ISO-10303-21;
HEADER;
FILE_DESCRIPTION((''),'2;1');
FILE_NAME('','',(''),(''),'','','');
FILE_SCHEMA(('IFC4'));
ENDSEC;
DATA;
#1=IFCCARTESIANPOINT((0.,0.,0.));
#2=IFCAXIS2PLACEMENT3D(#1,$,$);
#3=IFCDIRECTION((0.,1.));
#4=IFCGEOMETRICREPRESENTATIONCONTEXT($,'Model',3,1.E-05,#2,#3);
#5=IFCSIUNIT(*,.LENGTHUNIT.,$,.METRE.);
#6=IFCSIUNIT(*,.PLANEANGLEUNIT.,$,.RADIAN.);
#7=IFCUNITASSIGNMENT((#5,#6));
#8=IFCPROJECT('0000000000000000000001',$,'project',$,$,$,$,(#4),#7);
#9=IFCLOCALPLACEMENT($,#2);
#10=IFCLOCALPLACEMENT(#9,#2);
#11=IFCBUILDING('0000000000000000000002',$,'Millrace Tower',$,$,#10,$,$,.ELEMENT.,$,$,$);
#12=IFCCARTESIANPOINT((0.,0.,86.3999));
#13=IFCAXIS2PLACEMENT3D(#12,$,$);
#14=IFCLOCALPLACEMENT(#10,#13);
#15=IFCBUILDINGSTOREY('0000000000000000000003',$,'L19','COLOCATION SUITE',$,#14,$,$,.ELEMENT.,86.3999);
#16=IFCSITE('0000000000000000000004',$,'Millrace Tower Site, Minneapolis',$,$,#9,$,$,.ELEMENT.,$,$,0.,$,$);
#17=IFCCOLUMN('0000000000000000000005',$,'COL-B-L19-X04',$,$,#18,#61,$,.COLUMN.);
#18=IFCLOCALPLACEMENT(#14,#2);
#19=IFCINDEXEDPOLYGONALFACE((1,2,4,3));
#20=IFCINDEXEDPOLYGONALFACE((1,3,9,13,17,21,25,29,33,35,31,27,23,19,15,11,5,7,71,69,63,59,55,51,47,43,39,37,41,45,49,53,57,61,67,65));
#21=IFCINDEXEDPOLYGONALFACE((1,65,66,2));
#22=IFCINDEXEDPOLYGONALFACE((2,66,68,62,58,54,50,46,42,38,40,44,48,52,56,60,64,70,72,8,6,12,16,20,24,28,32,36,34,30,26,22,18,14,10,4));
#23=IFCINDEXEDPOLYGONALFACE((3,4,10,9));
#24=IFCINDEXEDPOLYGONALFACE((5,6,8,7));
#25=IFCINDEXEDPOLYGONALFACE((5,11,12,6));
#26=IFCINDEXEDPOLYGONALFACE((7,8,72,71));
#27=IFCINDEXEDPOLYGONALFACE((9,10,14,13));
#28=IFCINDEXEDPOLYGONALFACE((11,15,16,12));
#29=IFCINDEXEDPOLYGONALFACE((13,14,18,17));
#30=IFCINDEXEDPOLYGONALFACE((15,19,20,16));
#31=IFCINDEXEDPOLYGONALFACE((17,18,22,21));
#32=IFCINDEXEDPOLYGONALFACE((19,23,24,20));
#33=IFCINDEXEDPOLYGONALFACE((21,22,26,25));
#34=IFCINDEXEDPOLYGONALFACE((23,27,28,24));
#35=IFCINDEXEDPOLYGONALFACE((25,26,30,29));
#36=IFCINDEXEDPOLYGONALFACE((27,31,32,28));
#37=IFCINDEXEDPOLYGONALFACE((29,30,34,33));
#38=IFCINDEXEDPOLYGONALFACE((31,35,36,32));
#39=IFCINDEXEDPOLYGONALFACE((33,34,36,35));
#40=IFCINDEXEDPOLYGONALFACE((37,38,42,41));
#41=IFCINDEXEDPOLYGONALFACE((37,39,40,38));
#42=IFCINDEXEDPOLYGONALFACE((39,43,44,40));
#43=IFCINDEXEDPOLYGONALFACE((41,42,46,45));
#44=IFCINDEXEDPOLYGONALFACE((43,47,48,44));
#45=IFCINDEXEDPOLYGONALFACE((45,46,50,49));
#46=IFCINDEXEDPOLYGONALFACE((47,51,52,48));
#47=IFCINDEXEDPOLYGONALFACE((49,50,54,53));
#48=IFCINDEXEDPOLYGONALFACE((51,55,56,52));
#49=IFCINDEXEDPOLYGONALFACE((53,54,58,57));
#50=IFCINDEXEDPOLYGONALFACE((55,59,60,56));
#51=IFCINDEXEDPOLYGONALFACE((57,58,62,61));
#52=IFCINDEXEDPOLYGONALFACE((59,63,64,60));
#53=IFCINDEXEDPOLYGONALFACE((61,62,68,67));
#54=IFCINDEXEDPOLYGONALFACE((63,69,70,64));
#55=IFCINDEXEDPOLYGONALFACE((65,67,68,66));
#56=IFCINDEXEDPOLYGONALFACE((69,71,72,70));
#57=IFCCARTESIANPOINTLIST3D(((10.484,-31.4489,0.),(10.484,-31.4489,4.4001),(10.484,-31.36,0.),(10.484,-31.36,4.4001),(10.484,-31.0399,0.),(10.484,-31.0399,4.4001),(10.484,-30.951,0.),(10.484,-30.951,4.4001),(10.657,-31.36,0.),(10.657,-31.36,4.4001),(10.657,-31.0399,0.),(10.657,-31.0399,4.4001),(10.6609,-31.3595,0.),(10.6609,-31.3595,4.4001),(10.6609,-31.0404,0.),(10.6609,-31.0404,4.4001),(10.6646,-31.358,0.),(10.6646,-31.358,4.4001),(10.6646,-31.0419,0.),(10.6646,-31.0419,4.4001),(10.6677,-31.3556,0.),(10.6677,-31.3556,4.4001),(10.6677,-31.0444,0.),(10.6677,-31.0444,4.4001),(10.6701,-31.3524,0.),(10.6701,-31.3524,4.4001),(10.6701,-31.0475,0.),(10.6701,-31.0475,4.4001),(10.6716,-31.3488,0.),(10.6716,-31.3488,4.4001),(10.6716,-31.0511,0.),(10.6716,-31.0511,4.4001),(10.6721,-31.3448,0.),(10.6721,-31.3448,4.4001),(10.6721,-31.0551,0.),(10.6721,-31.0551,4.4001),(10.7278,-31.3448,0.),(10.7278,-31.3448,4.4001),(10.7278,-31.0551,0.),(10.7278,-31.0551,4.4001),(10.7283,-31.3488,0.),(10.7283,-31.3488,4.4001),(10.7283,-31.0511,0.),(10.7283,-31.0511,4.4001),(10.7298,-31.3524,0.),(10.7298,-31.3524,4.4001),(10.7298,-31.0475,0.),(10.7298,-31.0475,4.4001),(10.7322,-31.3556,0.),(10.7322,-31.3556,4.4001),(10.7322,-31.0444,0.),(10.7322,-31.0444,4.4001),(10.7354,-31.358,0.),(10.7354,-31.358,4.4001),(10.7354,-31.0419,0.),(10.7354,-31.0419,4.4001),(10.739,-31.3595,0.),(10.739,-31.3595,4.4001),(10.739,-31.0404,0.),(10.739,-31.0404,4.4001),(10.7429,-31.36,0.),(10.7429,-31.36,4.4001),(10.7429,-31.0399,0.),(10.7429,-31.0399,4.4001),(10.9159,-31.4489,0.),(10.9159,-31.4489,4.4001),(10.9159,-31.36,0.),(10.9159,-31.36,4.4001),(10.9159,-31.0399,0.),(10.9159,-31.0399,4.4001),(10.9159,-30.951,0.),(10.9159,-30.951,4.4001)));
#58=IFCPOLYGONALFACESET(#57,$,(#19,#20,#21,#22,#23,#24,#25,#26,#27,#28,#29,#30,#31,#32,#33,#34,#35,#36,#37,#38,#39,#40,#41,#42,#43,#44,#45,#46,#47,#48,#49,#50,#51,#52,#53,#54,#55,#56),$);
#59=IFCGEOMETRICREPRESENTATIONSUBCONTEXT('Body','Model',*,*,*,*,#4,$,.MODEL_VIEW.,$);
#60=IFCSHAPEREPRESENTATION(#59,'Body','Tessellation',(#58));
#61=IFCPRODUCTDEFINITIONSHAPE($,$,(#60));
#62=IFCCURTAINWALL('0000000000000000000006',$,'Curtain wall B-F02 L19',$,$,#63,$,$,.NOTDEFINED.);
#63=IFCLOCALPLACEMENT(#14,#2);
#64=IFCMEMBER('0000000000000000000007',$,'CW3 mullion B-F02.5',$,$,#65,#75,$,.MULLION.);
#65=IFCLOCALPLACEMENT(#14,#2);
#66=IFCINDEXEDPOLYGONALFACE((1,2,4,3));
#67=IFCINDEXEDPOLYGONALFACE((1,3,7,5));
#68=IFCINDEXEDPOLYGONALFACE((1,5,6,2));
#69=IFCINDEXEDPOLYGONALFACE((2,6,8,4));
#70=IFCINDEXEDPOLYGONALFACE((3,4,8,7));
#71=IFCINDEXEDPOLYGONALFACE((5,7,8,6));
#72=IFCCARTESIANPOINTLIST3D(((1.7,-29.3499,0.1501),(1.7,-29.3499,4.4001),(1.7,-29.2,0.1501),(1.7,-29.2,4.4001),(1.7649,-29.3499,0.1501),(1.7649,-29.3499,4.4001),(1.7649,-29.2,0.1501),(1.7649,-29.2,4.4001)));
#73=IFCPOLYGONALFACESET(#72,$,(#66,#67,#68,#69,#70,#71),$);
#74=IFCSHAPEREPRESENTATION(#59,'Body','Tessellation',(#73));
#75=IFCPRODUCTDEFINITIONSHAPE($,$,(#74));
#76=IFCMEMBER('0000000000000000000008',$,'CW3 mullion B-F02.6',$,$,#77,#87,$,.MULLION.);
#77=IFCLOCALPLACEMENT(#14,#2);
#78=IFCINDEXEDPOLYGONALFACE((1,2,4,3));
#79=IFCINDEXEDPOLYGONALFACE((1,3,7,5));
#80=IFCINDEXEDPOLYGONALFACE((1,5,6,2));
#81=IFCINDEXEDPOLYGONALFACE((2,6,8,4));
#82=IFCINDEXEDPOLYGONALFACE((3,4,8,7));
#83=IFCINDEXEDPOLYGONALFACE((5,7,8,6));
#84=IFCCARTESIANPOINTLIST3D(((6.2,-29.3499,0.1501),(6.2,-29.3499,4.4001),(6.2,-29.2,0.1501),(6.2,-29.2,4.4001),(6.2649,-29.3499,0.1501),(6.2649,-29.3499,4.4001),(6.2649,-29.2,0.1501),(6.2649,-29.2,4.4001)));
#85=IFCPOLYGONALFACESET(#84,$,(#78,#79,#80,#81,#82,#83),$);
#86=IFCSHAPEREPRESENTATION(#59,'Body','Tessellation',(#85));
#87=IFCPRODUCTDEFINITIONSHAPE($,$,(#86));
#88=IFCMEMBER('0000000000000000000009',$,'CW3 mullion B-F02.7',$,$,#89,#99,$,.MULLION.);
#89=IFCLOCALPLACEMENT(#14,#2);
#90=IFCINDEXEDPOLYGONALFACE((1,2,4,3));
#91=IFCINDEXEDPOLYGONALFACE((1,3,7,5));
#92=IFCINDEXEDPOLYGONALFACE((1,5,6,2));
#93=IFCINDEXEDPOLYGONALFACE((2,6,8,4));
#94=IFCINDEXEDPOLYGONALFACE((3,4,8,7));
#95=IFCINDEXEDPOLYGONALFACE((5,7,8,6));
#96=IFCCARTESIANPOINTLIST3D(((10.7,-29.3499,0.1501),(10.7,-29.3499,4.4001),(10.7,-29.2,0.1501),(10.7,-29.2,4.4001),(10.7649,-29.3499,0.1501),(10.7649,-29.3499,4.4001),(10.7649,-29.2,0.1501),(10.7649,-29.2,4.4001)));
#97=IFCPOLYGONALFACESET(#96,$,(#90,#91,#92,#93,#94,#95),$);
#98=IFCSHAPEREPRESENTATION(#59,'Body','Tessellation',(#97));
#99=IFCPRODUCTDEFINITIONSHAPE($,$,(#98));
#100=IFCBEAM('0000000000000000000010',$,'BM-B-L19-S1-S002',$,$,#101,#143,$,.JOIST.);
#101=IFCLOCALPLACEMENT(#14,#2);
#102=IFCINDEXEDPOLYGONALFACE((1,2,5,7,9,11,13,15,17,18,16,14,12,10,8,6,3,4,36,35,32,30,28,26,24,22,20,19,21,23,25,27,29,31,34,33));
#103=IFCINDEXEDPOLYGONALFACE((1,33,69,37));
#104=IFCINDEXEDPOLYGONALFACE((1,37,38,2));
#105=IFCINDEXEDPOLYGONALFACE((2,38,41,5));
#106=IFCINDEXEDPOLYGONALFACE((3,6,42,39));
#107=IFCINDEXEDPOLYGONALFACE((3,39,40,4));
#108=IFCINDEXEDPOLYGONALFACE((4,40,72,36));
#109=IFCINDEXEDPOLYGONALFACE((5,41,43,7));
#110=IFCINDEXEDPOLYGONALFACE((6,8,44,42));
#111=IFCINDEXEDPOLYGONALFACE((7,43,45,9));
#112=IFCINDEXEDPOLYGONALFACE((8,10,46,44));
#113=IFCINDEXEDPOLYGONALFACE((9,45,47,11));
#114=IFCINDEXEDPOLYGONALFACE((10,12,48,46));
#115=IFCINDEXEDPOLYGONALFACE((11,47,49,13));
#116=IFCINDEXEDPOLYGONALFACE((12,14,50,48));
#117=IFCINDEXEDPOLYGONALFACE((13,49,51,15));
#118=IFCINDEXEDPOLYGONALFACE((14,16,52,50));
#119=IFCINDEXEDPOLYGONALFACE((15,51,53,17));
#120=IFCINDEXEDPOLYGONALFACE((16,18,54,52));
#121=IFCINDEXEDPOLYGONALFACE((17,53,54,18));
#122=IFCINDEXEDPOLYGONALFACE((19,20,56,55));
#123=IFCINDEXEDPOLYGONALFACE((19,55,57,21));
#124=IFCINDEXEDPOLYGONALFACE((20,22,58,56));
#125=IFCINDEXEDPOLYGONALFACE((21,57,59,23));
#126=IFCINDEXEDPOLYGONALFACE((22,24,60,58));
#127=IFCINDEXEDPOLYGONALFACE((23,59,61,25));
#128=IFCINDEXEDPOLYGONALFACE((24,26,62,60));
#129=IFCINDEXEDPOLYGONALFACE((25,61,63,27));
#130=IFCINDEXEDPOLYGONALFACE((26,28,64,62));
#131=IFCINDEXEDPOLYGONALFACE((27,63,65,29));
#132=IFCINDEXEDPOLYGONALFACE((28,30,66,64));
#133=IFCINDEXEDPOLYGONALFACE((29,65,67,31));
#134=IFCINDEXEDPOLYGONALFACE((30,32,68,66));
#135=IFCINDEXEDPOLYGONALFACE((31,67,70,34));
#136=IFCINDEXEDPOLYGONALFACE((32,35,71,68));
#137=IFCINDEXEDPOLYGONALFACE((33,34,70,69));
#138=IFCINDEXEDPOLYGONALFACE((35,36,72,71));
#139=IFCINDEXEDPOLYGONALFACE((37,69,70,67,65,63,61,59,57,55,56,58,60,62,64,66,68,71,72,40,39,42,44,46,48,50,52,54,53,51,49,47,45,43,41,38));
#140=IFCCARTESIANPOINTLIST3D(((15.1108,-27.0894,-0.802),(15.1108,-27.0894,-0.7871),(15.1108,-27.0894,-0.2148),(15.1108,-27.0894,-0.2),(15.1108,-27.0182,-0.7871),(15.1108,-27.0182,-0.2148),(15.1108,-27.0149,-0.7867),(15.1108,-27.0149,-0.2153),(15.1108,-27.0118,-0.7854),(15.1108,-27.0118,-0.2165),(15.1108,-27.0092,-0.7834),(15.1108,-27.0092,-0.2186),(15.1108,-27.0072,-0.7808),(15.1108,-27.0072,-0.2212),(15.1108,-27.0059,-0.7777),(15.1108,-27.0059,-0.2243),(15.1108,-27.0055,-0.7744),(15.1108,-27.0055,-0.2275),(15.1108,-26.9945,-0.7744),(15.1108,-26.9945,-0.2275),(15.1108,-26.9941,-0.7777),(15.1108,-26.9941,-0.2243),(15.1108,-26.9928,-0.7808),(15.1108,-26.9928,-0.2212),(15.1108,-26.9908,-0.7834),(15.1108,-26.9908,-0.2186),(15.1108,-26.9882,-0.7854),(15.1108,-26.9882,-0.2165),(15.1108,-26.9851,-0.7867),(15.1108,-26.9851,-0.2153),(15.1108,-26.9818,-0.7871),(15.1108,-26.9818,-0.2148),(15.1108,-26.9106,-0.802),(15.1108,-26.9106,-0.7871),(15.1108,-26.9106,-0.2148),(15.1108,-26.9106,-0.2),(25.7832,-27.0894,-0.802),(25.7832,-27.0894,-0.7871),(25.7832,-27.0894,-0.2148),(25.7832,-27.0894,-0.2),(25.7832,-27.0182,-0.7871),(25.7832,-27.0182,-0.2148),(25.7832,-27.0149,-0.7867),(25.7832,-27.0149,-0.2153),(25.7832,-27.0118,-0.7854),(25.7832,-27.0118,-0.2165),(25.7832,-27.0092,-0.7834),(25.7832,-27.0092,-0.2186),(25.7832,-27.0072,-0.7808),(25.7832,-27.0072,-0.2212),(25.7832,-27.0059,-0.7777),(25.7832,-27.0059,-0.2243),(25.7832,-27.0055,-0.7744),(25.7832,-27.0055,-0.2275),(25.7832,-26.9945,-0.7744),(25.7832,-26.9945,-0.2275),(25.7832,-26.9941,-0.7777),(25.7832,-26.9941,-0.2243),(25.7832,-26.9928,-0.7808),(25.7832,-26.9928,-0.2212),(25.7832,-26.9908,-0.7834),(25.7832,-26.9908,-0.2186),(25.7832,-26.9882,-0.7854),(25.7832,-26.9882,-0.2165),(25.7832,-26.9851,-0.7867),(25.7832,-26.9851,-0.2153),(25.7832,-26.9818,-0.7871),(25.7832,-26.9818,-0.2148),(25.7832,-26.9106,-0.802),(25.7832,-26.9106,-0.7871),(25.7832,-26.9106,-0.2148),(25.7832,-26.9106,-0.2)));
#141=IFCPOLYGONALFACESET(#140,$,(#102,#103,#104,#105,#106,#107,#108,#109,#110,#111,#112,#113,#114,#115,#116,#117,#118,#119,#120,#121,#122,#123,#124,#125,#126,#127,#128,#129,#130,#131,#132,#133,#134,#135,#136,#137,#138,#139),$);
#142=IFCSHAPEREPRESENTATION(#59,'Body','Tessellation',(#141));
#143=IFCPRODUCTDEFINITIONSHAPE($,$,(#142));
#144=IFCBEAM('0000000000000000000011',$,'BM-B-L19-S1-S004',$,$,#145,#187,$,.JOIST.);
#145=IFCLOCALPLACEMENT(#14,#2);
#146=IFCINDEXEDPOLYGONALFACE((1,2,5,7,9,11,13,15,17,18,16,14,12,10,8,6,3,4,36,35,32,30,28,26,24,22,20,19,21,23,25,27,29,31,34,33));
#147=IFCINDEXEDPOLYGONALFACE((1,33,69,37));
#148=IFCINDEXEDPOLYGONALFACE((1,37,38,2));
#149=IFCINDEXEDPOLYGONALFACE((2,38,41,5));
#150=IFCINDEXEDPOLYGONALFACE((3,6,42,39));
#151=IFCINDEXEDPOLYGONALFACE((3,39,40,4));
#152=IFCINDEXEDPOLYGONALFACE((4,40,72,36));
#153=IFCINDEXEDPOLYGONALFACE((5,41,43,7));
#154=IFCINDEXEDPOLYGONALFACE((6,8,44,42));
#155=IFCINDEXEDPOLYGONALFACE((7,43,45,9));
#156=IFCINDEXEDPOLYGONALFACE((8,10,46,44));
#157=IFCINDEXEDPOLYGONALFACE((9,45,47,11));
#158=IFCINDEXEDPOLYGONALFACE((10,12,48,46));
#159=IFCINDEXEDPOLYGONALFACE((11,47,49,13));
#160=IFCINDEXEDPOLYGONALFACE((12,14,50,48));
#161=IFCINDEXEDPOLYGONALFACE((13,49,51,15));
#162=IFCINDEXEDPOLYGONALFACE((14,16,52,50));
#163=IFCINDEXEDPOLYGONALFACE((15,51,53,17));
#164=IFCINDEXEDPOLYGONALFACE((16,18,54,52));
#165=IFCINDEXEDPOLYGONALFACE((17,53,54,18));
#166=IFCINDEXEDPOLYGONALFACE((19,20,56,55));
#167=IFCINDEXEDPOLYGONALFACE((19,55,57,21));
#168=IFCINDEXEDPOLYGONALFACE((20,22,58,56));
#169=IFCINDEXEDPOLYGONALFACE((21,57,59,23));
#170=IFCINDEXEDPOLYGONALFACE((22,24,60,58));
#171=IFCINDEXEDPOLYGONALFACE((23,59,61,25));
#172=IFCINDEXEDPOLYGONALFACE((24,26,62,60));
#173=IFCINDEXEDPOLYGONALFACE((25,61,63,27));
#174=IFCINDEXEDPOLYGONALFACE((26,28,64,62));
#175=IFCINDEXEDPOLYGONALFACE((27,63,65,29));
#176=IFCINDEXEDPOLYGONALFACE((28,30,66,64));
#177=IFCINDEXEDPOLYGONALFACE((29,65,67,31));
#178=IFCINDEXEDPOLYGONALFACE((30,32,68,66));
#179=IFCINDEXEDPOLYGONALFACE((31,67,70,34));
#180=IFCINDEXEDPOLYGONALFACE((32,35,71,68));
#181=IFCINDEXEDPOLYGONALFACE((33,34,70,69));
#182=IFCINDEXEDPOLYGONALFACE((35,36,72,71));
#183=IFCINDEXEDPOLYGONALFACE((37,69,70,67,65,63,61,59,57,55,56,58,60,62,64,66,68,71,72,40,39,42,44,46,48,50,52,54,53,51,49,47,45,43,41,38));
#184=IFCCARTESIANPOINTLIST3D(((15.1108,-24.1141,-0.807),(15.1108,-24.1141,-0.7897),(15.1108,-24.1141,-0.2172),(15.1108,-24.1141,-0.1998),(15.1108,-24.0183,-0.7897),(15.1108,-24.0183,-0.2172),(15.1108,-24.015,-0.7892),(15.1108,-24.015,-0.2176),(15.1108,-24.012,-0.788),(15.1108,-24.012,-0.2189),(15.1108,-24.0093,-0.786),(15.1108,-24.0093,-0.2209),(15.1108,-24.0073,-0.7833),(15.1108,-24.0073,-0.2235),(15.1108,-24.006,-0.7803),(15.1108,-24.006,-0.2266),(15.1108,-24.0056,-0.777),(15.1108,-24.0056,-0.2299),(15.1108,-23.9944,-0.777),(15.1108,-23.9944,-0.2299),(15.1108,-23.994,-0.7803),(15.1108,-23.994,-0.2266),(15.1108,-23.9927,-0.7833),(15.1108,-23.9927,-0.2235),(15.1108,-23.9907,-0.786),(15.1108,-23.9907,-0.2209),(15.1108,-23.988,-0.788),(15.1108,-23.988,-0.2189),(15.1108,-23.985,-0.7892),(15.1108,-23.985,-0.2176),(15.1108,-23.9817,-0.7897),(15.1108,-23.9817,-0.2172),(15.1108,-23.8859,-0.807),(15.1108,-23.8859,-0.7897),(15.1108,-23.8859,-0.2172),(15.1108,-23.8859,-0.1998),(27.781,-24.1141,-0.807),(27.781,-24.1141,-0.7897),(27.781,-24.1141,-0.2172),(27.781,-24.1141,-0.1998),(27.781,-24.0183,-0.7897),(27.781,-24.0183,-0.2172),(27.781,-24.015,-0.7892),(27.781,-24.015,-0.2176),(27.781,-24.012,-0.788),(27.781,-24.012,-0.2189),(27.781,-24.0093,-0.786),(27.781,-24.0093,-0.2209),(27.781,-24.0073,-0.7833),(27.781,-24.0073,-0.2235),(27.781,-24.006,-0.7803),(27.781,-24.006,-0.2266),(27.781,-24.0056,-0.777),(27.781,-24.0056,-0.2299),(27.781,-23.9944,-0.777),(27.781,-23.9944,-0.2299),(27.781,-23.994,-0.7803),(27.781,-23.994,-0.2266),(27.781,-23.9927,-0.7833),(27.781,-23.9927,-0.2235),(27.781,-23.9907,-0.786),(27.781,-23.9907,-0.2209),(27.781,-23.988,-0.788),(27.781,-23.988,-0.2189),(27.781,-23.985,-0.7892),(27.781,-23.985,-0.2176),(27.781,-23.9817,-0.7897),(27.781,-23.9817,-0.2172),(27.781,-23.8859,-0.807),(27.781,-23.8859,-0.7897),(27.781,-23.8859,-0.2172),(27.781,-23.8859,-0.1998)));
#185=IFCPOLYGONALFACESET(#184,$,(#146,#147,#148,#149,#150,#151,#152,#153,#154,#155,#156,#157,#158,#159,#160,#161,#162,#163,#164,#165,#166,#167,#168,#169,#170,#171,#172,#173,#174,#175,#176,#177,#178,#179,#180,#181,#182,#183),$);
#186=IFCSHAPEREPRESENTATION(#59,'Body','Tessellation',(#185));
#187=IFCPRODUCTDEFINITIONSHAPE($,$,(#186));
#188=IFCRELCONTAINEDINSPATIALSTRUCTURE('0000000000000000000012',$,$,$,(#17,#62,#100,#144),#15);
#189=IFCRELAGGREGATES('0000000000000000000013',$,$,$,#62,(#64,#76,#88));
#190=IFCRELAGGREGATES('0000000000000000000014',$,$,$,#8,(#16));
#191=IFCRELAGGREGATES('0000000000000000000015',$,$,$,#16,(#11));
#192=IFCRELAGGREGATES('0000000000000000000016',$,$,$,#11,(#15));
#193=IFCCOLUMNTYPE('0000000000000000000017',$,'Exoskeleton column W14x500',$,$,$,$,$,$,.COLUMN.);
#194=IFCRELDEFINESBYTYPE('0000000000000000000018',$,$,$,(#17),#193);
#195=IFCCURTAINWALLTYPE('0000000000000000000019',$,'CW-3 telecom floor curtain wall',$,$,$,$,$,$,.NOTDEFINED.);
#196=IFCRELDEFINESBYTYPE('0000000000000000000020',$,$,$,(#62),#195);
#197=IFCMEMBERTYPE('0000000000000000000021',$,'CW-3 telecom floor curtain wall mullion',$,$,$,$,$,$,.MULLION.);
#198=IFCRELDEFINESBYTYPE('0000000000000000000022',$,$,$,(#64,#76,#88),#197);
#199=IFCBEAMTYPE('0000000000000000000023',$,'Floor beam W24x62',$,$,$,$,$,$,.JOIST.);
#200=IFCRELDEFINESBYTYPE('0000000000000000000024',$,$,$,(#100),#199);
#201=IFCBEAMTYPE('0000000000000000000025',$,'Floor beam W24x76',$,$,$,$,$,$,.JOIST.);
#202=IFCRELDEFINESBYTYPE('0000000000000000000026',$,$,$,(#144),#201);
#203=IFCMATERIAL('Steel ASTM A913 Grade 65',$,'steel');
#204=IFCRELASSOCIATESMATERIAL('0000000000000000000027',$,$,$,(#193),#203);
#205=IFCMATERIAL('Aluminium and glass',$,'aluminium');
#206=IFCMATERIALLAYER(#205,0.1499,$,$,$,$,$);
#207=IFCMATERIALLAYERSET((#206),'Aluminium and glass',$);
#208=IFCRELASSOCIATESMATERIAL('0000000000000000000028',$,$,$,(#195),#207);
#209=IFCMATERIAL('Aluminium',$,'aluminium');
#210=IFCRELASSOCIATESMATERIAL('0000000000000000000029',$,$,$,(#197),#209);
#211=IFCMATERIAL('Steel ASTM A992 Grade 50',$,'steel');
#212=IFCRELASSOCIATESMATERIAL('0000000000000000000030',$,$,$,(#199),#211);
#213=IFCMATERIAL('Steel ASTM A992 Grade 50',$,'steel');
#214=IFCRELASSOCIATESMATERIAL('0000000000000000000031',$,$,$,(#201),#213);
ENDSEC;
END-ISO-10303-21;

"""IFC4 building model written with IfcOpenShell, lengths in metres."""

from ifc_helpers import new_model, si_unit, direction, frame, origin, origin_2d, place, context, subcontext, project, spatial, rectangle, i_section, extrude, material, layer, layer_set, material_profile, profile_set, type_object, element, aggregate, save


model = new_model("IFC4")

# Units and contexts
model_context = context("Model", 3, precision=1e-05, world=origin(), true_north=direction((0.0, 1.0)))
body_context = subcontext(model_context, "Body", "Model", "MODEL_VIEW")
ifc_project = project(units=[si_unit("LENGTHUNIT", "METRE"), si_unit("PLANEANGLEUNIT", "RADIAN")], contexts=[model_context])

# Site, building, storey
site_placement = place(None, origin())
site = spatial("IfcSite", under=ifc_project, at=site_placement, Name="Millrace Tower Site, Minneapolis", CompositionType="ELEMENT", RefElevation=0.0)
building_placement = place(site_placement, origin())
building = spatial("IfcBuilding", under=site, at=building_placement, Name="Millrace Tower", CompositionType="ELEMENT")
storey_placement = place(building_placement, frame((0.0, 0.0, 86.3999)))
storey = spatial("IfcBuildingStorey", under=building, at=storey_placement, Name="L19", Description="COLOCATION SUITE", CompositionType="ELEMENT", Elevation=86.3999)

# Column
ifc_material_1 = material(Name="Steel ASTM A913 Grade 65", Category="steel")
ifc_material_profile_1 = material_profile(ifc_material_1, i_section(OverallWidth=0.4319, OverallDepth=0.4978, WebThickness=0.0557, FlangeThickness=0.0889, FilletRadius=0.0151, at=origin_2d()))
ifc_profile_set_1 = profile_set([ifc_material_profile_1], Name="Steel ASTM A913 Grade 65")
column_type = type_object("IfcColumnType", Name="Exoskeleton column W14x500", PredefinedType="COLUMN", material=ifc_profile_set_1)
column_placement = place(storey_placement, frame((10.7, -31.2, 0.0), z_axis=(0.0, 0.0, 1.0), x_axis=(1.0, 0.0, 0.0)))
element("IfcColumn", 1, at=column_placement, inside=storey, type_object=column_type, Name="COL-B-L19-X04", PredefinedType="COLUMN", context=body_context, shape_type="SweptSolid", body=[
    extrude(i_section(OverallWidth=0.4319, OverallDepth=0.4978, WebThickness=0.0557, FlangeThickness=0.0889, FilletRadius=0.0151, at=origin_2d()), origin(), (0.0, 0.0, 1.0), 4.4001),
])

# Curtain wall, members
ifc_material_2 = material(Name="Aluminium and glass", Category="aluminium")
ifc_layer_1 = layer(ifc_material_2, 0.1499)
ifc_layer_set_1 = layer_set([ifc_layer_1], Name="Aluminium and glass")
curtain_wall_type = type_object("IfcCurtainWallType", Name="CW-3 telecom floor curtain wall", PredefinedType="NOTDEFINED", material=ifc_layer_set_1)
curtain_wall_placement = place(storey_placement, origin())
curtain_wall = element("IfcCurtainWall", 2, at=curtain_wall_placement, inside=storey, type_object=curtain_wall_type, Name="Curtain wall B-F02 L19", PredefinedType="NOTDEFINED")
ifc_material_3 = material(Name="Aluminium", Category="aluminium")
ifc_material_profile_2 = material_profile(ifc_material_3, rectangle(XDim=0.0649, YDim=0.1499, at=origin_2d()))
ifc_profile_set_2 = profile_set([ifc_material_profile_2], Name="Aluminium")
member_type = type_object("IfcMemberType", Name="CW-3 telecom floor curtain wall mullion", PredefinedType="MULLION", material=ifc_profile_set_2)
member_1_placement = place(storey_placement, frame((1.7324, -29.2749, 0.1501), z_axis=(0.0, 0.0, 1.0), x_axis=(1.0, 0.0, 0.0)))
member_1 = element("IfcMember", 3, at=member_1_placement, type_object=member_type, Name="CW3 mullion B-F02.5", PredefinedType="MULLION", context=body_context, shape_type="SweptSolid", body=[
    extrude(rectangle(XDim=0.0649, YDim=0.1499, at=origin_2d()), origin(), (0.0, 0.0, 1.0), 4.25),
])
member_2_placement = place(storey_placement, frame((6.2324, -29.2749, 0.1501), z_axis=(0.0, 0.0, 1.0), x_axis=(1.0, 0.0, 0.0)))
member_2 = element("IfcMember", 4, at=member_2_placement, type_object=member_type, Name="CW3 mullion B-F02.6", PredefinedType="MULLION", context=body_context, shape_type="SweptSolid", body=[
    extrude(rectangle(XDim=0.0649, YDim=0.1499, at=origin_2d()), origin(), (0.0, 0.0, 1.0), 4.25),
])
member_3_placement = place(storey_placement, frame((10.7324, -29.2749, 0.1501), z_axis=(0.0, 0.0, 1.0), x_axis=(1.0, 0.0, 0.0)))
member_3 = element("IfcMember", 5, at=member_3_placement, type_object=member_type, Name="CW3 mullion B-F02.7", PredefinedType="MULLION", context=body_context, shape_type="SweptSolid", body=[
    extrude(rectangle(XDim=0.0649, YDim=0.1499, at=origin_2d()), origin(), (0.0, 0.0, 1.0), 4.25),
])
aggregate(curtain_wall, [member_1, member_2, member_3])

# Beams
ifc_material_4 = material(Name="Steel ASTM A992 Grade 50", Category="steel")
ifc_material_profile_3 = material_profile(ifc_material_4, i_section(OverallWidth=0.1787, OverallDepth=0.6021, WebThickness=0.011, FlangeThickness=0.0149, FilletRadius=0.0127, at=origin_2d()))
ifc_profile_set_3 = profile_set([ifc_material_profile_3], Name="Steel ASTM A992 Grade 50")
beam_type_1 = type_object("IfcBeamType", Name="Floor beam W24x62", PredefinedType="JOIST", material=ifc_profile_set_3)
beam_1_placement = place(storey_placement, frame((15.1108, -27.0, -0.501), z_axis=(1.0, 0.0, 0.0), x_axis=(0.0, 1.0, 0.0)))
element("IfcBeam", 6, at=beam_1_placement, inside=storey, type_object=beam_type_1, Name="BM-B-L19-S1-S002", PredefinedType="JOIST", context=body_context, shape_type="SweptSolid", body=[
    extrude(i_section(OverallWidth=0.1787, OverallDepth=0.6021, WebThickness=0.011, FlangeThickness=0.0149, FilletRadius=0.0127, at=origin_2d()), origin(), (0.0, 0.0, 1.0), 10.6724),
])
ifc_material_5 = material(Name="Steel ASTM A992 Grade 50", Category="steel")
ifc_material_profile_4 = material_profile(ifc_material_5, i_section(OverallWidth=0.2283, OverallDepth=0.6072, WebThickness=0.0112, FlangeThickness=0.0173, FilletRadius=0.0127, at=origin_2d()))
ifc_profile_set_4 = profile_set([ifc_material_profile_4], Name="Steel ASTM A992 Grade 50")
beam_type_2 = type_object("IfcBeamType", Name="Floor beam W24x76", PredefinedType="JOIST", material=ifc_profile_set_4)
for number, where, z_axis, x_axis, name in (
    (7, (15.1108, -24.0, -0.5034), (1.0, 0.0, 0.0), (0.0, 1.0, 0.0), "BM-B-L19-S1-S004"),
):
    element("IfcBeam", number, at=place(storey_placement, frame(where, z_axis=z_axis, x_axis=x_axis)), inside=storey, type_object=beam_type_2, Name=name, PredefinedType="JOIST", context=body_context, shape_type="SweptSolid", body=[
        extrude(i_section(OverallWidth=0.2283, OverallDepth=0.6072, WebThickness=0.0112, FlangeThickness=0.0173, FilletRadius=0.0127, at=origin_2d()), origin(), (0.0, 0.0, 1.0), 12.6702),
    ])

save(model, "model.ifc")
